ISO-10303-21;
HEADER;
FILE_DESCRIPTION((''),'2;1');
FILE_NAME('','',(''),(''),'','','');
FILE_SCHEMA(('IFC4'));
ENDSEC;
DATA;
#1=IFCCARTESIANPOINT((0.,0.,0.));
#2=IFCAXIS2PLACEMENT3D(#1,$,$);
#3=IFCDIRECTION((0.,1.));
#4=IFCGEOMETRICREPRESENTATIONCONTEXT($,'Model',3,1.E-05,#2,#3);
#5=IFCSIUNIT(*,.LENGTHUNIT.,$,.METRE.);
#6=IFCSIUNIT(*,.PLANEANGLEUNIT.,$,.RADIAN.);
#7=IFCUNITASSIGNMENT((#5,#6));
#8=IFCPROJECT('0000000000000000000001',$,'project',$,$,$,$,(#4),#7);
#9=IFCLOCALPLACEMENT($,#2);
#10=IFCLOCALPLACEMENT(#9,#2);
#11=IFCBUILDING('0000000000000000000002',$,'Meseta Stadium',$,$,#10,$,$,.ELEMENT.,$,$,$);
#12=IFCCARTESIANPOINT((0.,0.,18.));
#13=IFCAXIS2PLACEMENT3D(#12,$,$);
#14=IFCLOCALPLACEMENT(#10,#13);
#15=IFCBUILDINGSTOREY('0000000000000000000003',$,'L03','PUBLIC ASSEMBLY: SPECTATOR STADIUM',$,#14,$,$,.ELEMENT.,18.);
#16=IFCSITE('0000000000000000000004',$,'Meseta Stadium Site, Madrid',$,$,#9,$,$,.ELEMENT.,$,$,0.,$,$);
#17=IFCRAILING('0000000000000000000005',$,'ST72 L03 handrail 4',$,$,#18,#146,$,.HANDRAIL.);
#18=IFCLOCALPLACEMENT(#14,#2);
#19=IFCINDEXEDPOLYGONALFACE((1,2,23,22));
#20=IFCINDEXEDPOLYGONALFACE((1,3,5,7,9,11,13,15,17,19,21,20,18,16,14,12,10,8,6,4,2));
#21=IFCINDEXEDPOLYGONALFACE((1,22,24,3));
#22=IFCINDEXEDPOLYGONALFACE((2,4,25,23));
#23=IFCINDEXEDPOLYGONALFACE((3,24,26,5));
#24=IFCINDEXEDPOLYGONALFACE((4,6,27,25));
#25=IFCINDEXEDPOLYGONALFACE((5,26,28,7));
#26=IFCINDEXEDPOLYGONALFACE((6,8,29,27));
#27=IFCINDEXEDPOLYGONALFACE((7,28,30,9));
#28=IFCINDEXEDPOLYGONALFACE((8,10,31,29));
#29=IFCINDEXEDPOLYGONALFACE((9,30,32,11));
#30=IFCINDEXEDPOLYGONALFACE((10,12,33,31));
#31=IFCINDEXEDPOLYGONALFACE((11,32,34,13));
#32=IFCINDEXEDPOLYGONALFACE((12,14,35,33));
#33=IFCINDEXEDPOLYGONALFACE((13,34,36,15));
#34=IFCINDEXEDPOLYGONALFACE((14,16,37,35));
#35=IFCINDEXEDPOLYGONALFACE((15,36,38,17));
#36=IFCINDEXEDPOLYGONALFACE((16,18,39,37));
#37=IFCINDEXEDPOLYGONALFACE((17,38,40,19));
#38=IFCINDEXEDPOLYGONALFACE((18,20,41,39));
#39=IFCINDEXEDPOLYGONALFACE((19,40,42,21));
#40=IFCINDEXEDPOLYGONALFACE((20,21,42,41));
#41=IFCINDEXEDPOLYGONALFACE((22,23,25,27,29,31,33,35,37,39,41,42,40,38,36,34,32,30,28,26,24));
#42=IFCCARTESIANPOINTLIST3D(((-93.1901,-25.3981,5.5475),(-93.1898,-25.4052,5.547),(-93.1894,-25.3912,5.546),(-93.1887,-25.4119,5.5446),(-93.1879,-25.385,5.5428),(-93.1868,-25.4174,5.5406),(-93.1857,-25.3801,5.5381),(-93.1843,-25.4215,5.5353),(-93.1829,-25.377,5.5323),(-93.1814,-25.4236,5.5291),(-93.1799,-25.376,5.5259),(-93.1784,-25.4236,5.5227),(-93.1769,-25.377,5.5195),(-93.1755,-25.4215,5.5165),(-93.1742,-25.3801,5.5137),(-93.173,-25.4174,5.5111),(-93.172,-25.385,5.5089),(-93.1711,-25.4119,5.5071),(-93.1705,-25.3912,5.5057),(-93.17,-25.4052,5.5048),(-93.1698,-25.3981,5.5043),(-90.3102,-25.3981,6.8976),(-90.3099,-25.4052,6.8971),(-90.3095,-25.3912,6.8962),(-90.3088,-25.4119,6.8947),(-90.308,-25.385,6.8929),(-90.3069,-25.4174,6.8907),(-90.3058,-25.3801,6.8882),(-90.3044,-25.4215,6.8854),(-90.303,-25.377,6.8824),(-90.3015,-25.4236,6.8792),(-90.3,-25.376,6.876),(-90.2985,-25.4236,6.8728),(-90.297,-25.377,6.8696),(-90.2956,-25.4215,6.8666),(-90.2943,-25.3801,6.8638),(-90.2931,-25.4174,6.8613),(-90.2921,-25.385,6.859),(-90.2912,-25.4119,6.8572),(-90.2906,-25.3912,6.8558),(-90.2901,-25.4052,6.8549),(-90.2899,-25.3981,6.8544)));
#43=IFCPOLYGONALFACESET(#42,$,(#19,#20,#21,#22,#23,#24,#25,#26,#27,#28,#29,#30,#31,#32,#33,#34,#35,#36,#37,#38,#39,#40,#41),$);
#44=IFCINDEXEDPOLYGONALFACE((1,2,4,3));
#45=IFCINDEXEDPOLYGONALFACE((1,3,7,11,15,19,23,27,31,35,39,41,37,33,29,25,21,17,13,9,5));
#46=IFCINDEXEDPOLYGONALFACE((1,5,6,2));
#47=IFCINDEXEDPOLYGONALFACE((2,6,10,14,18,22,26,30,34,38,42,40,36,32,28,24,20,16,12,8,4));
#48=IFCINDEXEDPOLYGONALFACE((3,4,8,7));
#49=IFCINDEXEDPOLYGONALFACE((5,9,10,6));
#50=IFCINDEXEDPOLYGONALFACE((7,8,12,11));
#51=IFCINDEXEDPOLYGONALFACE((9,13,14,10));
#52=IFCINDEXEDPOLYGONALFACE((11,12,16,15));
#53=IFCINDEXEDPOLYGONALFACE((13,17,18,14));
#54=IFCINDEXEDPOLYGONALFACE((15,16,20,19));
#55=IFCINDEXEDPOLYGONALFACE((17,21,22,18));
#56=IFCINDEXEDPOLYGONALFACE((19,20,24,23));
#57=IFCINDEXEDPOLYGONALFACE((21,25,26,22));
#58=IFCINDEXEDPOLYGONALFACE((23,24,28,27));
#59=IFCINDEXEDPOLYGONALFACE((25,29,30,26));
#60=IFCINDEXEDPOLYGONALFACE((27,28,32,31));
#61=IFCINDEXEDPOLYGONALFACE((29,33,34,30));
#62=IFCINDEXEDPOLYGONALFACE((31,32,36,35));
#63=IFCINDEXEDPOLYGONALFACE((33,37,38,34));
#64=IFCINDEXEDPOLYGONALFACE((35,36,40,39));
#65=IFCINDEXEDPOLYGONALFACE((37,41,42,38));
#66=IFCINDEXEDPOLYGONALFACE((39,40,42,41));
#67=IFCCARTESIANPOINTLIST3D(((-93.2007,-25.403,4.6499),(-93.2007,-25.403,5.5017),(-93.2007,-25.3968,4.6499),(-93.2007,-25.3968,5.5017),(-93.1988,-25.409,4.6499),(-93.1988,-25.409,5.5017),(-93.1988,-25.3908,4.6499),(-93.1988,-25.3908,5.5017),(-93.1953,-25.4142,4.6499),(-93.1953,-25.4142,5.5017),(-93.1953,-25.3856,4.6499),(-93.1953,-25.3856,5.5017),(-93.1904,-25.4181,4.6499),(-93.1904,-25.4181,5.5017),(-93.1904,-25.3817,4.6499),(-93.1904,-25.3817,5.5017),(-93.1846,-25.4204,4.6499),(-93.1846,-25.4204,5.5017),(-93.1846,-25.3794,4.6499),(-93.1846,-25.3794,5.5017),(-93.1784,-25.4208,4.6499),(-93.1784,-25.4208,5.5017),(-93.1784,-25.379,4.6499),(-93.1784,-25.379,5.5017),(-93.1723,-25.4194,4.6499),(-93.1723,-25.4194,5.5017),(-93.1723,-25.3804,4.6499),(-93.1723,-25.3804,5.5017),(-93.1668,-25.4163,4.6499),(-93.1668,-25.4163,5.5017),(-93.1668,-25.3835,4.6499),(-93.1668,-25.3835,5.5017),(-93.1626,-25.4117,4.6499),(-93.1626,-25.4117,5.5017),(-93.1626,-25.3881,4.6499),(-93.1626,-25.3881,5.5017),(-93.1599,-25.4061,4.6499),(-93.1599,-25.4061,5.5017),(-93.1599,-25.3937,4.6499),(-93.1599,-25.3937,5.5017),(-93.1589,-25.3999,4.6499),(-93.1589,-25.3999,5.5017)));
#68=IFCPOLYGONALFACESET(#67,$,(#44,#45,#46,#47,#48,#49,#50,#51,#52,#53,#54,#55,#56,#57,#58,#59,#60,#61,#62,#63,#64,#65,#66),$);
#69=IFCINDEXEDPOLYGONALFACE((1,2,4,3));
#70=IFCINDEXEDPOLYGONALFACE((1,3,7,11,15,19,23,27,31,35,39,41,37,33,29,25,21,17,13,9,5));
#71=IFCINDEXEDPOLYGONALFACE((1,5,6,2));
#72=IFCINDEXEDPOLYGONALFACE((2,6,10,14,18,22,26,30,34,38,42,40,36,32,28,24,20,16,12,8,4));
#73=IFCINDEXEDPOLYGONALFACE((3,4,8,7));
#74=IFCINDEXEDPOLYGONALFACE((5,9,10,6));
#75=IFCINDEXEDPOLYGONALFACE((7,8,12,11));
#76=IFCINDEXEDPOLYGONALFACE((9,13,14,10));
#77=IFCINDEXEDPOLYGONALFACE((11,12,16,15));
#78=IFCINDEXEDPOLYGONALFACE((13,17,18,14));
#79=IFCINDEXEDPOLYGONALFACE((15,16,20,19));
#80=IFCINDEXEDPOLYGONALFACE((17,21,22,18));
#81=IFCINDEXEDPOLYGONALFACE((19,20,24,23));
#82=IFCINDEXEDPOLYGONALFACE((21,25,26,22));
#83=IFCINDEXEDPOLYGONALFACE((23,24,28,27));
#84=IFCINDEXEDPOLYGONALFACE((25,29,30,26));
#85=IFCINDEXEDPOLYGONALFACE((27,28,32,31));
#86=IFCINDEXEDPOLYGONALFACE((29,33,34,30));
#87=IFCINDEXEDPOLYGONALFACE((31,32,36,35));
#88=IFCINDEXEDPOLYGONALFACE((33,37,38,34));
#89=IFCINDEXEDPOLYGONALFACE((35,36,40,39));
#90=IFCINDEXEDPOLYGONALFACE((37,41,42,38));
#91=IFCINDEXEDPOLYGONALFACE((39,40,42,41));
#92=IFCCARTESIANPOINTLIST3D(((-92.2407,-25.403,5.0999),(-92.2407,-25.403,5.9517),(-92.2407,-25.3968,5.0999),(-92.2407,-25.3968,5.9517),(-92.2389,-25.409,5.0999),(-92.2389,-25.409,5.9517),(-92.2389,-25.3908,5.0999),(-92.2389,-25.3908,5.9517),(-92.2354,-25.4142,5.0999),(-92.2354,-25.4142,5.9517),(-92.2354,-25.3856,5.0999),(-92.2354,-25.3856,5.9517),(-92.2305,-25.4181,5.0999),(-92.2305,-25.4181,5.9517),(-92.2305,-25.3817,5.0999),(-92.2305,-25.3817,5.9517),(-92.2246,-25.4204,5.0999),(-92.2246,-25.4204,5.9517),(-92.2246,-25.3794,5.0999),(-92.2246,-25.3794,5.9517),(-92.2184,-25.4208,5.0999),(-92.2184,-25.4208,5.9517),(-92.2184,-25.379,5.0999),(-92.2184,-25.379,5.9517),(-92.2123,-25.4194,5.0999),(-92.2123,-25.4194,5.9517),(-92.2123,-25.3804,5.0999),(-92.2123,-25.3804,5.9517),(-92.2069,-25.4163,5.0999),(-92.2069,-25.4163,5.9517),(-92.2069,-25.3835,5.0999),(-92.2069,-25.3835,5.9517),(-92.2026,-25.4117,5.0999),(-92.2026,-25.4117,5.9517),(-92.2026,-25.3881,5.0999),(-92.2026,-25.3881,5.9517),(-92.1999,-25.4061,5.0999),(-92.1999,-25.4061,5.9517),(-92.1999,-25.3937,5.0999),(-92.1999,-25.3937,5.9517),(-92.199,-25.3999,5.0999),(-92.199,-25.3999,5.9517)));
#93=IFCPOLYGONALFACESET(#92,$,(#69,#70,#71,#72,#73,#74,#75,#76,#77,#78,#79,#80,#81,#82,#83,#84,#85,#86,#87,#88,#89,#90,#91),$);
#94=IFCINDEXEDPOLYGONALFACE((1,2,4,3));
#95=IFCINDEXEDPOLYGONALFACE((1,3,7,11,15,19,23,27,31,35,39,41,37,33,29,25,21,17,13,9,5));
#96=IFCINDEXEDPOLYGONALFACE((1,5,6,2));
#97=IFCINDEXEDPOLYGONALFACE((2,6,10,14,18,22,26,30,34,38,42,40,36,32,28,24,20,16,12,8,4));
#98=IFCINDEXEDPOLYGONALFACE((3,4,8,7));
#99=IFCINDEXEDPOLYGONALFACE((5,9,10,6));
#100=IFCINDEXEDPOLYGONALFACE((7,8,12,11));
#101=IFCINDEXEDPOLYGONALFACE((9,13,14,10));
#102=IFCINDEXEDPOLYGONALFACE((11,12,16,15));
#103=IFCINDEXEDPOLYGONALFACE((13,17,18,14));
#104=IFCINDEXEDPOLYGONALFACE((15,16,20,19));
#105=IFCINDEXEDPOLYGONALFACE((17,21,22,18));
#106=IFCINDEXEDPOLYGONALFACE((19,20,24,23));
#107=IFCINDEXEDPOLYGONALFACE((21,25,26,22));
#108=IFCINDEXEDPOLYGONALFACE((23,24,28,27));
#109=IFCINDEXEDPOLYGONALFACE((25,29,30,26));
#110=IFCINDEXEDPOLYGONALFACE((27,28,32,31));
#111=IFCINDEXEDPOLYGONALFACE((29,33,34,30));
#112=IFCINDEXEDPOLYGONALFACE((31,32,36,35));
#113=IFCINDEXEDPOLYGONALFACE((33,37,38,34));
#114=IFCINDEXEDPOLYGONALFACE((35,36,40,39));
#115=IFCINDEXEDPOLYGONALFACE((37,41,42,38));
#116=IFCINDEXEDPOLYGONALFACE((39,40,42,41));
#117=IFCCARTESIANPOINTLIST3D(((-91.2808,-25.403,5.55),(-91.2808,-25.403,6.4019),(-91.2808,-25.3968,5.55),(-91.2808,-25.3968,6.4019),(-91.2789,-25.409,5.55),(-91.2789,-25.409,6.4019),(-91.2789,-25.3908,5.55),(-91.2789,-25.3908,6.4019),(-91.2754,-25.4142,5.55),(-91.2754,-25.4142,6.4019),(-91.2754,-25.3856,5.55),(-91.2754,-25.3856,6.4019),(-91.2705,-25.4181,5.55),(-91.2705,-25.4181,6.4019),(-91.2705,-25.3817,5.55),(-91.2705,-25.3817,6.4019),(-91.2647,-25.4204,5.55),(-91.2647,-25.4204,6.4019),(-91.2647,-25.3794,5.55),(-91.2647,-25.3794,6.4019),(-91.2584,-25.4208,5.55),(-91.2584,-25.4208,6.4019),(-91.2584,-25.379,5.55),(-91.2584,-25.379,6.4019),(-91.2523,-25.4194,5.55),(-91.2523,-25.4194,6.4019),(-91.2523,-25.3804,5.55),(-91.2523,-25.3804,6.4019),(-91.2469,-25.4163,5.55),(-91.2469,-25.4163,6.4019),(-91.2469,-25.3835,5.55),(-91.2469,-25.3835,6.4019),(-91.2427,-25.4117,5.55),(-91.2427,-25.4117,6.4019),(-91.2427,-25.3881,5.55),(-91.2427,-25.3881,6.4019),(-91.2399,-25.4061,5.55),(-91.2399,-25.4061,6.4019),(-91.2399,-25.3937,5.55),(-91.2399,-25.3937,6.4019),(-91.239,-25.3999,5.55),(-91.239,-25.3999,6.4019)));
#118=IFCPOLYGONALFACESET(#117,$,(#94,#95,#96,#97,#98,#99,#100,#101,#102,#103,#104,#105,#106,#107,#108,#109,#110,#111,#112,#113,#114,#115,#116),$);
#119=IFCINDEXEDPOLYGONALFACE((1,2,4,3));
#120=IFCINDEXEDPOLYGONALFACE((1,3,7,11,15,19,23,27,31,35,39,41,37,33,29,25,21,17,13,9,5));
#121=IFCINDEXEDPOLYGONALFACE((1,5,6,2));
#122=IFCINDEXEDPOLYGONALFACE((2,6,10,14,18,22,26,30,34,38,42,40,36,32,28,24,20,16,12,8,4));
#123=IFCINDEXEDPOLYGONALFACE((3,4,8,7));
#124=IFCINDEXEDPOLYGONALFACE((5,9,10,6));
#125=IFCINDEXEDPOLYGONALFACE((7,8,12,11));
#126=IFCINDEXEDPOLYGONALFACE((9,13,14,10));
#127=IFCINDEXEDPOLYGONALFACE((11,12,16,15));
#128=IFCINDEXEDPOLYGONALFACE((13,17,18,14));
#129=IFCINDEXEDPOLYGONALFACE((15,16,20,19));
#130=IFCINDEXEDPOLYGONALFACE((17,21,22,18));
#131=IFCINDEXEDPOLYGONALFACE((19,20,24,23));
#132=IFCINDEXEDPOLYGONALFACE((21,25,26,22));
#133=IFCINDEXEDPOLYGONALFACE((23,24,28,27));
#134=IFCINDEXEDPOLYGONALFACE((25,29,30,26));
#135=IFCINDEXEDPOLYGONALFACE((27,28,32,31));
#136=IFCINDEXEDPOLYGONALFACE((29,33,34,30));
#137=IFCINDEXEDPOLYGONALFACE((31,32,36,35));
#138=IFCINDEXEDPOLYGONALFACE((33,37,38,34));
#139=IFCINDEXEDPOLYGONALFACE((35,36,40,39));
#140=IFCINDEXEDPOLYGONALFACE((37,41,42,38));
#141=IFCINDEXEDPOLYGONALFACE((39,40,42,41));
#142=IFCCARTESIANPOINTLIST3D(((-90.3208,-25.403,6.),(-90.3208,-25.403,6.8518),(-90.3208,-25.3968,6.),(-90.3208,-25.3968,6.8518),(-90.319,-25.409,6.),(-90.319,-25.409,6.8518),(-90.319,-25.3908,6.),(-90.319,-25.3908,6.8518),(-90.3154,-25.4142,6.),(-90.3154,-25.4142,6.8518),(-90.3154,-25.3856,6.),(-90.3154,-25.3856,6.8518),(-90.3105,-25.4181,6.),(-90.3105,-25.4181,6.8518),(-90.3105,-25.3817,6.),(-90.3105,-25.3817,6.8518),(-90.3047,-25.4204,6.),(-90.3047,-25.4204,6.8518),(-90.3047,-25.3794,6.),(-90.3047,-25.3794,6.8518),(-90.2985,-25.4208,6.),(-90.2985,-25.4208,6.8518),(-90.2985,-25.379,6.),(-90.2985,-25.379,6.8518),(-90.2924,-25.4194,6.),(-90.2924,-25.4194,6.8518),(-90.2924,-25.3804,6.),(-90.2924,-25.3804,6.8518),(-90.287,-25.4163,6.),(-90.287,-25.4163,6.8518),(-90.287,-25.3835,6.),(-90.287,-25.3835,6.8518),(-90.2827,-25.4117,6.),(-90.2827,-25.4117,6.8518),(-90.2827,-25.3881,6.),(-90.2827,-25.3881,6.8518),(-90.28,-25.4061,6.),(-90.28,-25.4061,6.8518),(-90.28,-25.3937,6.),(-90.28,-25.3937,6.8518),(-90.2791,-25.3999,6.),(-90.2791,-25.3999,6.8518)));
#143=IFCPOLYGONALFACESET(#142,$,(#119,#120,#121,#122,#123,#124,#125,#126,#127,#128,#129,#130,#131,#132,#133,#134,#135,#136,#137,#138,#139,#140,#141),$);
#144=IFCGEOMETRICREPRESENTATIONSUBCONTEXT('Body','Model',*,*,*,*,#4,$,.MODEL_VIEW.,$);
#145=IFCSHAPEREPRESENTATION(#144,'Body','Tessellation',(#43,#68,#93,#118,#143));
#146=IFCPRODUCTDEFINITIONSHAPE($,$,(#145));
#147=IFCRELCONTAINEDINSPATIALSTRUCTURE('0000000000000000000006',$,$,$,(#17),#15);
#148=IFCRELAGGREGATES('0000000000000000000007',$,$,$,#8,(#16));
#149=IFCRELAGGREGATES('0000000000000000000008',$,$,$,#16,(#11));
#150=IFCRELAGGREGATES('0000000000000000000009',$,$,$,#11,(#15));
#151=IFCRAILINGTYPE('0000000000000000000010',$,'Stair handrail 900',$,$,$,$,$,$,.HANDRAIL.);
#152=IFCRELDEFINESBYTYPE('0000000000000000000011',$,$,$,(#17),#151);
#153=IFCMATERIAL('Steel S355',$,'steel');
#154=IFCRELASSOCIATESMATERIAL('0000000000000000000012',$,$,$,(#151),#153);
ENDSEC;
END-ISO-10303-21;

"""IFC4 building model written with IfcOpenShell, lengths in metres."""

from ifc_helpers import new_model, si_unit, direction, frame, origin, origin_2d, place, context, subcontext, project, spatial, circle, extrude, material, type_object, element, save


model = new_model("IFC4")

# Units and contexts
model_context = context("Model", 3, precision=1e-05, world=origin(), true_north=direction((0.0, 1.0)))
body_context = subcontext(model_context, "Body", "Model", "MODEL_VIEW")
ifc_project = project(units=[si_unit("LENGTHUNIT", "METRE"), si_unit("PLANEANGLEUNIT", "RADIAN")], contexts=[model_context])

# Site, building, storey
site_placement = place(None, origin())
site = spatial("IfcSite", under=ifc_project, at=site_placement, Name="Meseta Stadium Site, Madrid", CompositionType="ELEMENT", RefElevation=0.0)
building_placement = place(site_placement, origin())
building = spatial("IfcBuilding", under=site, at=building_placement, Name="Meseta Stadium", CompositionType="ELEMENT")
storey_placement = place(building_placement, frame((0.0, 0.0, 18.0)))
storey = spatial("IfcBuildingStorey", under=building, at=storey_placement, Name="L03", Description="PUBLIC ASSEMBLY: SPECTATOR STADIUM", CompositionType="ELEMENT", Elevation=18.0)

# Railing
ifc_material_1 = material(Name="Steel S355", Category="steel")
railing_type_1 = type_object("IfcRailingType", Name="Stair handrail 900", PredefinedType="HANDRAIL", material=ifc_material_1)
for number, where, name in (
    (1, (-93.1799, -25.3999, 4.6499), "ST72 L03 handrail 4"),
):
    element("IfcRailing", number, at=place(storey_placement, frame(where)), inside=storey, type_object=railing_type_1, Name=name, PredefinedType="HANDRAIL", context=body_context, shape_type="SweptSolid", body=[
        extrude(circle(Radius=0.0239, at=origin_2d()), frame((0.0, 0.0, 0.876), z_axis=(0.90544, 0.0, 0.424473), x_axis=(0.0, 1.0, 0.0)), (0.0, 0.0, 1.0), 3.1807),
        extrude(circle(Radius=0.021, at=origin_2d()), origin(), (0.0, 0.0, 1.0), 0.8518),
        extrude(circle(Radius=0.021, at=origin_2d()), frame((0.96, 0.0, 0.45)), (0.0, 0.0, 1.0), 0.8518),
        extrude(circle(Radius=0.021, at=origin_2d()), frame((1.9199, 0.0, 0.9001)), (0.0, 0.0, 1.0), 0.8518),
        extrude(circle(Radius=0.021, at=origin_2d()), frame((2.8799, 0.0, 1.3501)), (0.0, 0.0, 1.0), 0.8518),
    ])

save(model, "model.ifc")
